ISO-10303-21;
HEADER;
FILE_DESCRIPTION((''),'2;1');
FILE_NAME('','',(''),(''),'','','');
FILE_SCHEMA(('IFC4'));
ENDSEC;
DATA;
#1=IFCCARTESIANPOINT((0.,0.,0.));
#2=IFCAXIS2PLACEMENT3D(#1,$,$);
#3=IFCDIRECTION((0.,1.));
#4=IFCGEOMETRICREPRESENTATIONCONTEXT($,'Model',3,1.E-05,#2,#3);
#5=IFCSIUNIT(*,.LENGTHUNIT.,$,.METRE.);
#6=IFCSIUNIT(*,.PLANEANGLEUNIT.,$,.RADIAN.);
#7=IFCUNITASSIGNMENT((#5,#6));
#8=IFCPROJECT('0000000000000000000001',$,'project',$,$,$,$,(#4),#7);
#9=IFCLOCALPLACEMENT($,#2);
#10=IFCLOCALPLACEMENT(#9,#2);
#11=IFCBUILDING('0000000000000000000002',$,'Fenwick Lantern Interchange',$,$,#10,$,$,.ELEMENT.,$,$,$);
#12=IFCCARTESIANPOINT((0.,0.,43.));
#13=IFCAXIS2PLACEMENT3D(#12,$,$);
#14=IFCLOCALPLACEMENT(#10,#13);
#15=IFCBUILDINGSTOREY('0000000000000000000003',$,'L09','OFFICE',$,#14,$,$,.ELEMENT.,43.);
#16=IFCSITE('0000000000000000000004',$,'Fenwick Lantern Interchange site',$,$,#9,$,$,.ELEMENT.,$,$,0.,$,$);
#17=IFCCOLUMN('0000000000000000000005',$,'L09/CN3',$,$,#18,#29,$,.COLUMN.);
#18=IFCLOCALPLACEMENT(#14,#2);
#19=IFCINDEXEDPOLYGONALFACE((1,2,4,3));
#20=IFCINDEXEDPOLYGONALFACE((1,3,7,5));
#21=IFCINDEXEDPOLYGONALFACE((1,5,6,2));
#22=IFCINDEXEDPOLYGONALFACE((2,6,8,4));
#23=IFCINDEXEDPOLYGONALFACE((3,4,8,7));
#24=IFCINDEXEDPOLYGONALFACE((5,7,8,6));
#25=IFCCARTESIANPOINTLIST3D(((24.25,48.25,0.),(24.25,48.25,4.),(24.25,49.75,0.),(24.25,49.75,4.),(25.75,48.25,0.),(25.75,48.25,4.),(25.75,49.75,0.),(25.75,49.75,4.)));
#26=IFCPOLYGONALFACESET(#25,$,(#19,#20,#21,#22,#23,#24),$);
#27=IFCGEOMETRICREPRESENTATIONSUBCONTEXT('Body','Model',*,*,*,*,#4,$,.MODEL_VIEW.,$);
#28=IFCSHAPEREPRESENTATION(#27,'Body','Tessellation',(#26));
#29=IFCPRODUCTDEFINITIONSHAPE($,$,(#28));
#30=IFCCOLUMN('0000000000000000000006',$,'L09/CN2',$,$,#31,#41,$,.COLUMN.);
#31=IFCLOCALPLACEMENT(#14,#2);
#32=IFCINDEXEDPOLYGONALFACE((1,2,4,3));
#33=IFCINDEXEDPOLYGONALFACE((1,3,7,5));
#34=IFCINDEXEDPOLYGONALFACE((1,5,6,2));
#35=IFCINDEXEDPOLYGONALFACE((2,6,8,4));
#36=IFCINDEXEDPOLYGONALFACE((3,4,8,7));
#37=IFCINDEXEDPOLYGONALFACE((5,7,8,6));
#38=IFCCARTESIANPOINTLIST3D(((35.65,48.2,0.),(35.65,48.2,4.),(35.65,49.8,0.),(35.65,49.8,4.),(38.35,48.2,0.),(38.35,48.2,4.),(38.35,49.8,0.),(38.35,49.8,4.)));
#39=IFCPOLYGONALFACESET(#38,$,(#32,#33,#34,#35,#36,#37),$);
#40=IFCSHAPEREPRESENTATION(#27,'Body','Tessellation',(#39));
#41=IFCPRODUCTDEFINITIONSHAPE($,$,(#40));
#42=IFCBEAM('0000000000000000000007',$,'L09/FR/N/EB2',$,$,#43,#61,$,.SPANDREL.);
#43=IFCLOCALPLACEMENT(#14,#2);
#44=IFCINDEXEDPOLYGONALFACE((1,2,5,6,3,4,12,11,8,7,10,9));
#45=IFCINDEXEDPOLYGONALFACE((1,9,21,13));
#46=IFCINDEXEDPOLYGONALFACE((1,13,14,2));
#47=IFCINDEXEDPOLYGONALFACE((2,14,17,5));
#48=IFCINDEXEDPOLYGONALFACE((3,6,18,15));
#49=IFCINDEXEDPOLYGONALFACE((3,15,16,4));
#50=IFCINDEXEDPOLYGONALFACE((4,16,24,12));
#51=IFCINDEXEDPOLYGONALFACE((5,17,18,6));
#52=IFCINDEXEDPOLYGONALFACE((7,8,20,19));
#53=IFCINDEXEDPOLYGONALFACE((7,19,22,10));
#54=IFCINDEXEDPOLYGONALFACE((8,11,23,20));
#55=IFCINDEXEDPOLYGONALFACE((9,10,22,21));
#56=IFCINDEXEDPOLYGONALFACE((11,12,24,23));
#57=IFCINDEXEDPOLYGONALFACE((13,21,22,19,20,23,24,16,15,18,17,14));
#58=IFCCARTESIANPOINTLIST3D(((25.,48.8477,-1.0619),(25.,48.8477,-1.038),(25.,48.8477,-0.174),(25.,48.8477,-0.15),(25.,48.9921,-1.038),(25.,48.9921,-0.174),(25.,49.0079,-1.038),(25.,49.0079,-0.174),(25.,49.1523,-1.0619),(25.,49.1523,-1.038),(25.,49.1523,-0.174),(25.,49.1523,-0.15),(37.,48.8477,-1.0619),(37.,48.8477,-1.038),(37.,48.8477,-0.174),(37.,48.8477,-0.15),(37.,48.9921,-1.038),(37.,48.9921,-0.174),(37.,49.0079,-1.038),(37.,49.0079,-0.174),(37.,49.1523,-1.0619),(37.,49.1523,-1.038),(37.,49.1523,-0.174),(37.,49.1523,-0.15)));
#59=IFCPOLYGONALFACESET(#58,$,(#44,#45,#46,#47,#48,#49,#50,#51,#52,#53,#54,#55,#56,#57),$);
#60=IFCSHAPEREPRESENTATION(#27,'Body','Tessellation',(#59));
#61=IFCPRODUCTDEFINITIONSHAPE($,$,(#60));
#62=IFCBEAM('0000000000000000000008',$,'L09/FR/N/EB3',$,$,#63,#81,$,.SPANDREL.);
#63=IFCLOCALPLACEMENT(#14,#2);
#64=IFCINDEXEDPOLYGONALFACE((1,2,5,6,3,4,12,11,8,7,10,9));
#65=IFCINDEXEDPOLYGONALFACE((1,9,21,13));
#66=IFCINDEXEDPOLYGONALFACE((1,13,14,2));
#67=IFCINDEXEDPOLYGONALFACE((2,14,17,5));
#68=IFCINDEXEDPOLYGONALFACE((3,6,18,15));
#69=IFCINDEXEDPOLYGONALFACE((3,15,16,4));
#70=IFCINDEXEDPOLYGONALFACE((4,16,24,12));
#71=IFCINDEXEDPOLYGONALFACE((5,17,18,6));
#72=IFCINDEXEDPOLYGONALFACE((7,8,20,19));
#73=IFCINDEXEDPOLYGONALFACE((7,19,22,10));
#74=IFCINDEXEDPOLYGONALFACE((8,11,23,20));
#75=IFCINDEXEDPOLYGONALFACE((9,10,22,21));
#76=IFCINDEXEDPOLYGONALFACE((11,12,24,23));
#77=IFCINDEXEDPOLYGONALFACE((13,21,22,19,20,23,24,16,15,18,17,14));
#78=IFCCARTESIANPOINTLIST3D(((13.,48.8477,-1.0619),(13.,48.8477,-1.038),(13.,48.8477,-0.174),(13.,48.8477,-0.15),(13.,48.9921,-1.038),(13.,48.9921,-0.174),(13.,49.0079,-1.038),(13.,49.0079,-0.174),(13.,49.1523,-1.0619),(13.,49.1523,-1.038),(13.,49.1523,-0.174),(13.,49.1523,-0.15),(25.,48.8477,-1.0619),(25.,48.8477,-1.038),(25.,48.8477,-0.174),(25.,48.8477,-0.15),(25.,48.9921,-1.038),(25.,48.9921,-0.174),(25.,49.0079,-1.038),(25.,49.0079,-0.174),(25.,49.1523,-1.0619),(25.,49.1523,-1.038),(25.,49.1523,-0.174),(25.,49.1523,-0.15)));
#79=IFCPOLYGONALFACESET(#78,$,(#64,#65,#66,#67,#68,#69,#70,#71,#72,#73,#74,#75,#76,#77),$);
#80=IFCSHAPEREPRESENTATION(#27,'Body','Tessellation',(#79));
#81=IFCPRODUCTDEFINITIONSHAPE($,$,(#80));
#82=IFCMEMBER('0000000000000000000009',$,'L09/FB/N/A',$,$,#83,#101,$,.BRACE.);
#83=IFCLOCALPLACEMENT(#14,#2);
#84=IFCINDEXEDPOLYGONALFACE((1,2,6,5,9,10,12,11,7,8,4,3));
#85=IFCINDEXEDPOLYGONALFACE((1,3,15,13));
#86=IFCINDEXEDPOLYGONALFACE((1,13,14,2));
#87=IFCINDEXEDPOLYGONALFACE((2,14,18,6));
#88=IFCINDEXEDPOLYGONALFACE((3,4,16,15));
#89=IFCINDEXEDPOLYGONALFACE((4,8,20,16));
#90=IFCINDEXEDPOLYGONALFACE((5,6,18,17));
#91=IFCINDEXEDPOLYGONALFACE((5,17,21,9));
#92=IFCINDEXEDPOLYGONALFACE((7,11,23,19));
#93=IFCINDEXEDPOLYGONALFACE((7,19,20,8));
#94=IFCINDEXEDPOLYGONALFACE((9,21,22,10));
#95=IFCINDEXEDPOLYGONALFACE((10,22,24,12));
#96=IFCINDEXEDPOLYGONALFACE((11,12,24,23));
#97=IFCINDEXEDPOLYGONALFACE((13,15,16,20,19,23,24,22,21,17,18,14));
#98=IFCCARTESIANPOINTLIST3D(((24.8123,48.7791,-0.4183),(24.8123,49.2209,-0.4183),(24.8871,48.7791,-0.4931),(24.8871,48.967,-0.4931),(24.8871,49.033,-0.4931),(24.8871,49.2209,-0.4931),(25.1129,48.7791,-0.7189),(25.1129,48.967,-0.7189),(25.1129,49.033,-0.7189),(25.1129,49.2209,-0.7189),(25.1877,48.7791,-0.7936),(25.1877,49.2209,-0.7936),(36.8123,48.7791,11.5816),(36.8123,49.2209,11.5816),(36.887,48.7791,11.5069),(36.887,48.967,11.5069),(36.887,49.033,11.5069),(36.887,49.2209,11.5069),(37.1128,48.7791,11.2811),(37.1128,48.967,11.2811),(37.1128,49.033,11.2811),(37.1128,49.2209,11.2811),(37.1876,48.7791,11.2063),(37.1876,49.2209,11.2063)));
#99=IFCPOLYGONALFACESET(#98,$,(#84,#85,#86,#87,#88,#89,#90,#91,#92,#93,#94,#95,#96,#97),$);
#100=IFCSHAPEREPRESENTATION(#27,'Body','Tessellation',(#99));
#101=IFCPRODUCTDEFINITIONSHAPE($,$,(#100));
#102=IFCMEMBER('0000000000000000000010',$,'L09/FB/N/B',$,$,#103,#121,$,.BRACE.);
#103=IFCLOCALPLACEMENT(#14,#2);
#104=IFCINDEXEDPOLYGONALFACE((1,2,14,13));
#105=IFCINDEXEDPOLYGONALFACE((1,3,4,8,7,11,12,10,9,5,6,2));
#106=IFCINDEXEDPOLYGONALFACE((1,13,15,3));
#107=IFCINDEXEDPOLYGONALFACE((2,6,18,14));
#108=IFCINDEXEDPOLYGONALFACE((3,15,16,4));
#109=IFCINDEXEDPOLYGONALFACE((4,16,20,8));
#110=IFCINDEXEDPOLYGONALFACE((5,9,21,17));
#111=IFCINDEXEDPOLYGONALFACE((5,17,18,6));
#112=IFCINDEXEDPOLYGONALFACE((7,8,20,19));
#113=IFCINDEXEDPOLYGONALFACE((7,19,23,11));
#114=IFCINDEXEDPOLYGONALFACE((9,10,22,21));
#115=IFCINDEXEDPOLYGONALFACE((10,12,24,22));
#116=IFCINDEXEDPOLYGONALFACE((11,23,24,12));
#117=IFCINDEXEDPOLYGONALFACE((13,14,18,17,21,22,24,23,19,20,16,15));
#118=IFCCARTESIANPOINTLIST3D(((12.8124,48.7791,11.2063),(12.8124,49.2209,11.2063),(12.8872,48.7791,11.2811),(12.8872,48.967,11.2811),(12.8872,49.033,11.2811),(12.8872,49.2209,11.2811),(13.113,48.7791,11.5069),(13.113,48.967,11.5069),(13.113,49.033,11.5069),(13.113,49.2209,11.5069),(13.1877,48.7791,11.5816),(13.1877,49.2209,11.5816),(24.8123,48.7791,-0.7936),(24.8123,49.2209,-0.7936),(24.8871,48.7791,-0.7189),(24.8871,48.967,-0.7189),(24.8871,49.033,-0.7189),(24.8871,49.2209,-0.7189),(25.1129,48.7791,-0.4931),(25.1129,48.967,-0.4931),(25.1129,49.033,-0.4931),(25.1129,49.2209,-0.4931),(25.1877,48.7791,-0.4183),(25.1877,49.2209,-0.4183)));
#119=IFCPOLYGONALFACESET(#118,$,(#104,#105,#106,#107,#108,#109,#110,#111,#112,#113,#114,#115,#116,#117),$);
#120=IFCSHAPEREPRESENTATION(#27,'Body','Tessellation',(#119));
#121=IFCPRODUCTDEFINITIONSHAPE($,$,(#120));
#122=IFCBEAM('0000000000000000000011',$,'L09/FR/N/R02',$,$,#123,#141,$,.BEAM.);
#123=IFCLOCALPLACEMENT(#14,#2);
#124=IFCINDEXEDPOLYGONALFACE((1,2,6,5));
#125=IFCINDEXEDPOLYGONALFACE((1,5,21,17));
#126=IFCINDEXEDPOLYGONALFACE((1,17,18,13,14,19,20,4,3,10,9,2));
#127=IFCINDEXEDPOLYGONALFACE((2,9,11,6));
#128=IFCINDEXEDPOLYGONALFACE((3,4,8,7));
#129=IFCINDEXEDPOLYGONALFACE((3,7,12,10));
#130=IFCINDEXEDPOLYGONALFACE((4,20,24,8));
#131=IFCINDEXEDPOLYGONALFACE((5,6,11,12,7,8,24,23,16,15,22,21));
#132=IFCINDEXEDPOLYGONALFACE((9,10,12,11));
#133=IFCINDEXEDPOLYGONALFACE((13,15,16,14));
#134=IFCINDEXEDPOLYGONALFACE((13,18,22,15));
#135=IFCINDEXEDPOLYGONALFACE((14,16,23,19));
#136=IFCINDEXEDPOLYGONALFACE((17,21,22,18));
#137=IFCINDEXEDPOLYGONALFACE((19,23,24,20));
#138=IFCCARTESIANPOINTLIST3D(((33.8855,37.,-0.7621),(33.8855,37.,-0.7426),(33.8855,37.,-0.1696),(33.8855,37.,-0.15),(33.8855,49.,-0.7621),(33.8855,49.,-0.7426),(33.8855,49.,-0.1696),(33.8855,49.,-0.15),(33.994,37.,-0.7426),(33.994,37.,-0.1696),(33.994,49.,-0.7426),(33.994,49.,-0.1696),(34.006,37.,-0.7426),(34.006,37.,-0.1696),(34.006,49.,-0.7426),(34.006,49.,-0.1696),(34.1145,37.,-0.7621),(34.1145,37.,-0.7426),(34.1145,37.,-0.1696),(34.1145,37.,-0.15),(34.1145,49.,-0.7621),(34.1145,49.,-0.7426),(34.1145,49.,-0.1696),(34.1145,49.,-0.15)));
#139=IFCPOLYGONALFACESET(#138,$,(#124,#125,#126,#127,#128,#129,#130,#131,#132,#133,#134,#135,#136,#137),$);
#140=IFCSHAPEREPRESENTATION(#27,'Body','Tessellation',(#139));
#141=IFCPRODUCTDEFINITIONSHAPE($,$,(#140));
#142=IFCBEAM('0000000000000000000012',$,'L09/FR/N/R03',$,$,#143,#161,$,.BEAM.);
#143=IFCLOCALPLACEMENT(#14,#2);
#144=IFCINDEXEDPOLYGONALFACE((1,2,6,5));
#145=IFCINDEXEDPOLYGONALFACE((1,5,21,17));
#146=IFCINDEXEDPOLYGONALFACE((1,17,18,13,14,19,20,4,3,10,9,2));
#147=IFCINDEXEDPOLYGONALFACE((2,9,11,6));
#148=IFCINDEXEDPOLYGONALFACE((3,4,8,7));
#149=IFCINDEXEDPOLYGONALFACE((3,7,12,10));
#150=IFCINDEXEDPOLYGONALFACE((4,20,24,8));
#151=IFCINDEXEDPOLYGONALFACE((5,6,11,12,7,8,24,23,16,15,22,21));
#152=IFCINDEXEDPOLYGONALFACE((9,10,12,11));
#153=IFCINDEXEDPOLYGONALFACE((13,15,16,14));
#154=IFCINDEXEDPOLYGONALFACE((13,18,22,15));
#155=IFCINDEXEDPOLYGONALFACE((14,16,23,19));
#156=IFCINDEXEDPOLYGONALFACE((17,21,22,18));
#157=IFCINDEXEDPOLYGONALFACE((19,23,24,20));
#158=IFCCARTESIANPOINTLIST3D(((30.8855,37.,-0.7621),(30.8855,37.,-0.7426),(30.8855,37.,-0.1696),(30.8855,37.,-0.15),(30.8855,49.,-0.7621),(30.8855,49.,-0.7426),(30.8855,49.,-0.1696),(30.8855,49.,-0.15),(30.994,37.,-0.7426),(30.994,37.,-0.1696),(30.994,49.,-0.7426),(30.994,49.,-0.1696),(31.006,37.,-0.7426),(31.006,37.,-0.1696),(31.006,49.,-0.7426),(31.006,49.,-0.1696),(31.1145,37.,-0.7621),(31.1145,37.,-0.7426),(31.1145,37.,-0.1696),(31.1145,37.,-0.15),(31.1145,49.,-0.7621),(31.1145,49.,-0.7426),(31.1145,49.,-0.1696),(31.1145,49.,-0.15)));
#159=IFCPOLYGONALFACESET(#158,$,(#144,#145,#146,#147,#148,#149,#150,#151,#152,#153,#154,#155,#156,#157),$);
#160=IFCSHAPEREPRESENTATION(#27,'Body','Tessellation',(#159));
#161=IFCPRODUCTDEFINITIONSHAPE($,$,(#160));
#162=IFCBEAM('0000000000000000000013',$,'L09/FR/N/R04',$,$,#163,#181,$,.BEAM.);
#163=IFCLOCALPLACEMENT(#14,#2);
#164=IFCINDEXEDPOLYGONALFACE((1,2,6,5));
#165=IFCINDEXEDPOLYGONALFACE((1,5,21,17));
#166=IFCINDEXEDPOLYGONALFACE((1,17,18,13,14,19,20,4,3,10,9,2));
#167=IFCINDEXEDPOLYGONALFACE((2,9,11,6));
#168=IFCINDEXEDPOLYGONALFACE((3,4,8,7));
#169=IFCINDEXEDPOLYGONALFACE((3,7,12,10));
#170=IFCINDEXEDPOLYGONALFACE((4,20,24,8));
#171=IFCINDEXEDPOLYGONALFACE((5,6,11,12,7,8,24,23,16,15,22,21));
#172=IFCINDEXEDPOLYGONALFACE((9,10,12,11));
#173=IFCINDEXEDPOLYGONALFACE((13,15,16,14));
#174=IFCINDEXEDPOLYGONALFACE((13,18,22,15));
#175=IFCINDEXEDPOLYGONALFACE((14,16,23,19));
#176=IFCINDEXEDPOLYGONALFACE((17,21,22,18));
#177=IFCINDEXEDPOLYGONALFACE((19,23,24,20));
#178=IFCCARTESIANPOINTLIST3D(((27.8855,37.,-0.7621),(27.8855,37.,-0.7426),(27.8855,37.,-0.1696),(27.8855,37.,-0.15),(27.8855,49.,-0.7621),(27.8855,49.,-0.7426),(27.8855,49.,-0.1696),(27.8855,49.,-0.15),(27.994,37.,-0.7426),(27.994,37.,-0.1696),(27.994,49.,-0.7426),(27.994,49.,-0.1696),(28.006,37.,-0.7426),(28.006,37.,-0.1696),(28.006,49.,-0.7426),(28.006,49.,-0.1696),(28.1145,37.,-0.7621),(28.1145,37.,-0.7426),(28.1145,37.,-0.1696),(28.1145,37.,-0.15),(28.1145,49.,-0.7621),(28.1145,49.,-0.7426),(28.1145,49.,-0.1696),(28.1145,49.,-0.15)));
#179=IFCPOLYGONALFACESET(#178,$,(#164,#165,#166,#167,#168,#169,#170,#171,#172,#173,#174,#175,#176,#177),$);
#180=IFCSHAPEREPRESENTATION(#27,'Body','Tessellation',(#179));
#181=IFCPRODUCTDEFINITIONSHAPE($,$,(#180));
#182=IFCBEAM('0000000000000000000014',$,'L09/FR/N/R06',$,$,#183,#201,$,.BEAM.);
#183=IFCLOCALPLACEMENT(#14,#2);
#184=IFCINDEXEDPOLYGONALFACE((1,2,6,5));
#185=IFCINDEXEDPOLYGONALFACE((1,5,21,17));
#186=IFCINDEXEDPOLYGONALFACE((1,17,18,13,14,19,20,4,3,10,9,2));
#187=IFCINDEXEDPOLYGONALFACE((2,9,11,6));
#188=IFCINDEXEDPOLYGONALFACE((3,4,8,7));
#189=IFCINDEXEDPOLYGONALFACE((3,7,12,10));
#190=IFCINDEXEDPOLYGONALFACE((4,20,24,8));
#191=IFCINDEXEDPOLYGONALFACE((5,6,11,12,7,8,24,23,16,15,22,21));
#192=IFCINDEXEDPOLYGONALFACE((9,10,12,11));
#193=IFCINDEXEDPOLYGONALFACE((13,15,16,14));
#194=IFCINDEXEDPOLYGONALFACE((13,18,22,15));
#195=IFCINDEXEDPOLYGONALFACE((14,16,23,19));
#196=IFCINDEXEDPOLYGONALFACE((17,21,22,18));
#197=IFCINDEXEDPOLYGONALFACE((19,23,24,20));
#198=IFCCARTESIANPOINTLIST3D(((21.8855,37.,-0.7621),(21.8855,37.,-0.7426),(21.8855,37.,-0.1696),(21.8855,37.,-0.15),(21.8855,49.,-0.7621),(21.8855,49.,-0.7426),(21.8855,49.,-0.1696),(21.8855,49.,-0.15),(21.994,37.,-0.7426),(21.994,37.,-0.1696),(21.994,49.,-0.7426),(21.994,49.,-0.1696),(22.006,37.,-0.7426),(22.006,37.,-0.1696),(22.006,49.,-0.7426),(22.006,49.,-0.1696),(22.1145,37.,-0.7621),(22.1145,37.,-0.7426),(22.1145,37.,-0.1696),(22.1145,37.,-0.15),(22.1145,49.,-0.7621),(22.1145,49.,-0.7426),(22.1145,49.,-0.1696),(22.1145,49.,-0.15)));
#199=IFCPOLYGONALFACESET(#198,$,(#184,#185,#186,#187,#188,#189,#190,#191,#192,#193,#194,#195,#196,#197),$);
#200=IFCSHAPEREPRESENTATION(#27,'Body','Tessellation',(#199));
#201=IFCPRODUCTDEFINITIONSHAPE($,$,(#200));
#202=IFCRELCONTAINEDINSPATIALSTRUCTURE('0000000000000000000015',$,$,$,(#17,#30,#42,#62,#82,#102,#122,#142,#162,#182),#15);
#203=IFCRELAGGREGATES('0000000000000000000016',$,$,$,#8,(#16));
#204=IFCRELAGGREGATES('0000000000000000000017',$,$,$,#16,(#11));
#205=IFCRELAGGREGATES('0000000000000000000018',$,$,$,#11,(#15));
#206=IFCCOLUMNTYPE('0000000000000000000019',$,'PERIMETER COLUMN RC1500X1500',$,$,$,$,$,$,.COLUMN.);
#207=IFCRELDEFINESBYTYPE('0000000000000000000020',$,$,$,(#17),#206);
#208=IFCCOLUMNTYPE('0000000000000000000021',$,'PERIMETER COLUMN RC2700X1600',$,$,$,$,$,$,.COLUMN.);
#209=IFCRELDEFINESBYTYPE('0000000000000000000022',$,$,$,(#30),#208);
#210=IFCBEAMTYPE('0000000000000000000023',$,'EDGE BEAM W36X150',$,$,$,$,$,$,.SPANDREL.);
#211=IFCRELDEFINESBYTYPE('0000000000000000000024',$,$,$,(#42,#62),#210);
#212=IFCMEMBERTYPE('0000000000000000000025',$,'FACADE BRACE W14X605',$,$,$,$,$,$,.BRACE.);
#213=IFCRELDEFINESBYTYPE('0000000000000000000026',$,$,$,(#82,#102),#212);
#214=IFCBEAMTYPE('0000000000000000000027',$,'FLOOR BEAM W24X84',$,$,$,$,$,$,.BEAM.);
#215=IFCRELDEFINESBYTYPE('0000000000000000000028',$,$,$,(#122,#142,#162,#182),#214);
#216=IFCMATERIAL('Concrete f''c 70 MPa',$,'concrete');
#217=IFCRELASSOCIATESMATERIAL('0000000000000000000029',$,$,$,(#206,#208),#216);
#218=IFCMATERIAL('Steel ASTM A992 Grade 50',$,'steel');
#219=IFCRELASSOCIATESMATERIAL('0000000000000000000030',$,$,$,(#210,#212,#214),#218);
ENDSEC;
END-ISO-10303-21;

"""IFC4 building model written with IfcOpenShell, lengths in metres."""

from ifc_helpers import new_model, si_unit, direction, frame, origin, origin_2d, place, context, subcontext, project, spatial, rectangle, i_section, extrude, material, material_profile, profile_set, type_object, element, save


model = new_model("IFC4")

# Units and contexts
model_context = context("Model", 3, precision=1e-05, world=origin(), true_north=direction((0.0, 1.0)))
body_context = subcontext(model_context, "Body", "Model", "MODEL_VIEW")
ifc_project = project(units=[si_unit("LENGTHUNIT", "METRE"), si_unit("PLANEANGLEUNIT", "RADIAN")], contexts=[model_context])

# Site, building, storey
site_placement = place(None, origin())
site = spatial("IfcSite", under=ifc_project, at=site_placement, Name="Fenwick Lantern Interchange site", CompositionType="ELEMENT", RefElevation=0.0)
building_placement = place(site_placement, origin())
building = spatial("IfcBuilding", under=site, at=building_placement, Name="Fenwick Lantern Interchange", CompositionType="ELEMENT")
storey_placement = place(building_placement, frame((0.0, 0.0, 43.0)))
storey = spatial("IfcBuildingStorey", under=building, at=storey_placement, Name="L09", Description="OFFICE", CompositionType="ELEMENT", Elevation=43.0)

# Columns
ifc_material_1 = material(Name="Concrete f'c 70 MPa", Category="concrete")
ifc_material_profile_1 = material_profile(ifc_material_1, rectangle(XDim=1.5, YDim=1.5, at=origin_2d()), Name="RC1500X1500")
ifc_profile_set_1 = profile_set([ifc_material_profile_1], Name="Concrete f'c 70 MPa")
column_type_1 = type_object("IfcColumnType", Name="PERIMETER COLUMN RC1500X1500", PredefinedType="COLUMN", material=ifc_profile_set_1)
column_1_placement = place(storey_placement, frame((25.0, 49.0, 0.0), z_axis=(0.0, 0.0, 1.0), x_axis=(1.0, 0.0, 0.0)))
element("IfcColumn", 1, at=column_1_placement, inside=storey, type_object=column_type_1, Name="L09/CN3", PredefinedType="COLUMN", context=body_context, shape_type="SweptSolid", body=[
    extrude(rectangle(XDim=1.5, YDim=1.5, at=origin_2d()), origin(), (0.0, 0.0, 1.0), 4.0),
])
ifc_material_profile_2 = material_profile(ifc_material_1, rectangle(XDim=2.7, YDim=1.6001, at=origin_2d()), Name="RC2700X1600")
ifc_profile_set_2 = profile_set([ifc_material_profile_2], Name="Concrete f'c 70 MPa")
column_type_2 = type_object("IfcColumnType", Name="PERIMETER COLUMN RC2700X1600", PredefinedType="COLUMN", material=ifc_profile_set_2)
column_2_placement = place(storey_placement, frame((37.0, 49.0, 0.0), z_axis=(0.0, 0.0, 1.0), x_axis=(1.0, 0.0, 0.0)))
element("IfcColumn", 2, at=column_2_placement, inside=storey, type_object=column_type_2, Name="L09/CN2", PredefinedType="COLUMN", context=body_context, shape_type="SweptSolid", body=[
    extrude(rectangle(XDim=2.7, YDim=1.6001, at=origin_2d()), origin(), (0.0, 0.0, 1.0), 4.0),
])

# Beams
ifc_material_2 = material(Name="Steel ASTM A992 Grade 50", Category="steel")
ifc_material_profile_3 = material_profile(ifc_material_2, i_section(OverallWidth=0.3047, OverallDepth=0.9119, WebThickness=0.0159, FlangeThickness=0.0239, at=origin_2d()), Name="W36X150")
ifc_profile_set_3 = profile_set([ifc_material_profile_3], Name="Steel ASTM A992 Grade 50")
beam_type_1 = type_object("IfcBeamType", Name="EDGE BEAM W36X150", PredefinedType="SPANDREL", material=ifc_profile_set_3)
for number, where, z_axis, x_axis, name in (
    (3, (37.0, 49.0, -0.606), (-1.0, 0.0, 0.0), (0.0, -1.0, 0.0), "L09/FR/N/EB2"),
    (4, (25.0, 49.0, -0.606), (-1.0, 0.0, 0.0), (0.0, -1.0, 0.0), "L09/FR/N/EB3"),
):
    element("IfcBeam", number, at=place(storey_placement, frame(where, z_axis=z_axis, x_axis=x_axis)), inside=storey, type_object=beam_type_1, Name=name, PredefinedType="SPANDREL", context=body_context, shape_type="SweptSolid", body=[
        extrude(i_section(OverallWidth=0.3047, OverallDepth=0.9119, WebThickness=0.0159, FlangeThickness=0.0239, at=origin_2d()), origin(), (0.0, 0.0, 1.0), 12.0),
    ])

# Members
ifc_material_profile_4 = material_profile(ifc_material_2, i_section(OverallWidth=0.4419, OverallDepth=0.5308, WebThickness=0.0659, FlangeThickness=0.1057, at=origin_2d()), Name="W14X605")
ifc_profile_set_4 = profile_set([ifc_material_profile_4], Name="Steel ASTM A992 Grade 50")
member_type_1 = type_object("IfcMemberType", Name="FACADE BRACE W14X605", PredefinedType="BRACE", material=ifc_profile_set_4)
for number, where, z_axis, x_axis, name in (
    (5, (25.0, 49.0, -0.606), (0.707107, 0.0, 0.707107), (0.0, 1.0, 0.0), "L09/FB/N/A"),
    (6, (25.0, 49.0, -0.606), (-0.707107, 0.0, 0.707107), (0.0, -1.0, 0.0), "L09/FB/N/B"),
):
    element("IfcMember", number, at=place(storey_placement, frame(where, z_axis=z_axis, x_axis=x_axis)), inside=storey, type_object=member_type_1, Name=name, PredefinedType="BRACE", context=body_context, shape_type="SweptSolid", body=[
        extrude(i_section(OverallWidth=0.4419, OverallDepth=0.5308, WebThickness=0.0659, FlangeThickness=0.1057, at=origin_2d()), origin(), (0.0, 0.0, 1.0), 16.9705),
    ])

# Beams
ifc_material_profile_5 = material_profile(ifc_material_2, i_section(OverallWidth=0.229, OverallDepth=0.6121, WebThickness=0.012, FlangeThickness=0.0195, at=origin_2d()), Name="W24X84")
ifc_profile_set_5 = profile_set([ifc_material_profile_5], Name="Steel ASTM A992 Grade 50")
beam_type_2 = type_object("IfcBeamType", Name="FLOOR BEAM W24X84", PredefinedType="BEAM", material=ifc_profile_set_5)
for number, where, z_axis, x_axis, name in (
    (7, (34.0, 49.0, -0.4561), (0.0, -1.0, 0.0), (1.0, 0.0, 0.0), "L09/FR/N/R02"),
    (8, (31.0, 49.0, -0.4561), (0.0, -1.0, 0.0), (1.0, 0.0, 0.0), "L09/FR/N/R03"),
    (9, (28.0, 49.0, -0.4561), (0.0, -1.0, 0.0), (1.0, 0.0, 0.0), "L09/FR/N/R04"),
    (10, (22.0, 49.0, -0.4561), (0.0, -1.0, 0.0), (1.0, 0.0, 0.0), "L09/FR/N/R06"),
):
    element("IfcBeam", number, at=place(storey_placement, frame(where, z_axis=z_axis, x_axis=x_axis)), inside=storey, type_object=beam_type_2, Name=name, PredefinedType="BEAM", context=body_context, shape_type="SweptSolid", body=[
        extrude(i_section(OverallWidth=0.229, OverallDepth=0.6121, WebThickness=0.012, FlangeThickness=0.0195, at=origin_2d()), origin(), (0.0, 0.0, 1.0), 12.0),
    ])

save(model, "model.ifc")
